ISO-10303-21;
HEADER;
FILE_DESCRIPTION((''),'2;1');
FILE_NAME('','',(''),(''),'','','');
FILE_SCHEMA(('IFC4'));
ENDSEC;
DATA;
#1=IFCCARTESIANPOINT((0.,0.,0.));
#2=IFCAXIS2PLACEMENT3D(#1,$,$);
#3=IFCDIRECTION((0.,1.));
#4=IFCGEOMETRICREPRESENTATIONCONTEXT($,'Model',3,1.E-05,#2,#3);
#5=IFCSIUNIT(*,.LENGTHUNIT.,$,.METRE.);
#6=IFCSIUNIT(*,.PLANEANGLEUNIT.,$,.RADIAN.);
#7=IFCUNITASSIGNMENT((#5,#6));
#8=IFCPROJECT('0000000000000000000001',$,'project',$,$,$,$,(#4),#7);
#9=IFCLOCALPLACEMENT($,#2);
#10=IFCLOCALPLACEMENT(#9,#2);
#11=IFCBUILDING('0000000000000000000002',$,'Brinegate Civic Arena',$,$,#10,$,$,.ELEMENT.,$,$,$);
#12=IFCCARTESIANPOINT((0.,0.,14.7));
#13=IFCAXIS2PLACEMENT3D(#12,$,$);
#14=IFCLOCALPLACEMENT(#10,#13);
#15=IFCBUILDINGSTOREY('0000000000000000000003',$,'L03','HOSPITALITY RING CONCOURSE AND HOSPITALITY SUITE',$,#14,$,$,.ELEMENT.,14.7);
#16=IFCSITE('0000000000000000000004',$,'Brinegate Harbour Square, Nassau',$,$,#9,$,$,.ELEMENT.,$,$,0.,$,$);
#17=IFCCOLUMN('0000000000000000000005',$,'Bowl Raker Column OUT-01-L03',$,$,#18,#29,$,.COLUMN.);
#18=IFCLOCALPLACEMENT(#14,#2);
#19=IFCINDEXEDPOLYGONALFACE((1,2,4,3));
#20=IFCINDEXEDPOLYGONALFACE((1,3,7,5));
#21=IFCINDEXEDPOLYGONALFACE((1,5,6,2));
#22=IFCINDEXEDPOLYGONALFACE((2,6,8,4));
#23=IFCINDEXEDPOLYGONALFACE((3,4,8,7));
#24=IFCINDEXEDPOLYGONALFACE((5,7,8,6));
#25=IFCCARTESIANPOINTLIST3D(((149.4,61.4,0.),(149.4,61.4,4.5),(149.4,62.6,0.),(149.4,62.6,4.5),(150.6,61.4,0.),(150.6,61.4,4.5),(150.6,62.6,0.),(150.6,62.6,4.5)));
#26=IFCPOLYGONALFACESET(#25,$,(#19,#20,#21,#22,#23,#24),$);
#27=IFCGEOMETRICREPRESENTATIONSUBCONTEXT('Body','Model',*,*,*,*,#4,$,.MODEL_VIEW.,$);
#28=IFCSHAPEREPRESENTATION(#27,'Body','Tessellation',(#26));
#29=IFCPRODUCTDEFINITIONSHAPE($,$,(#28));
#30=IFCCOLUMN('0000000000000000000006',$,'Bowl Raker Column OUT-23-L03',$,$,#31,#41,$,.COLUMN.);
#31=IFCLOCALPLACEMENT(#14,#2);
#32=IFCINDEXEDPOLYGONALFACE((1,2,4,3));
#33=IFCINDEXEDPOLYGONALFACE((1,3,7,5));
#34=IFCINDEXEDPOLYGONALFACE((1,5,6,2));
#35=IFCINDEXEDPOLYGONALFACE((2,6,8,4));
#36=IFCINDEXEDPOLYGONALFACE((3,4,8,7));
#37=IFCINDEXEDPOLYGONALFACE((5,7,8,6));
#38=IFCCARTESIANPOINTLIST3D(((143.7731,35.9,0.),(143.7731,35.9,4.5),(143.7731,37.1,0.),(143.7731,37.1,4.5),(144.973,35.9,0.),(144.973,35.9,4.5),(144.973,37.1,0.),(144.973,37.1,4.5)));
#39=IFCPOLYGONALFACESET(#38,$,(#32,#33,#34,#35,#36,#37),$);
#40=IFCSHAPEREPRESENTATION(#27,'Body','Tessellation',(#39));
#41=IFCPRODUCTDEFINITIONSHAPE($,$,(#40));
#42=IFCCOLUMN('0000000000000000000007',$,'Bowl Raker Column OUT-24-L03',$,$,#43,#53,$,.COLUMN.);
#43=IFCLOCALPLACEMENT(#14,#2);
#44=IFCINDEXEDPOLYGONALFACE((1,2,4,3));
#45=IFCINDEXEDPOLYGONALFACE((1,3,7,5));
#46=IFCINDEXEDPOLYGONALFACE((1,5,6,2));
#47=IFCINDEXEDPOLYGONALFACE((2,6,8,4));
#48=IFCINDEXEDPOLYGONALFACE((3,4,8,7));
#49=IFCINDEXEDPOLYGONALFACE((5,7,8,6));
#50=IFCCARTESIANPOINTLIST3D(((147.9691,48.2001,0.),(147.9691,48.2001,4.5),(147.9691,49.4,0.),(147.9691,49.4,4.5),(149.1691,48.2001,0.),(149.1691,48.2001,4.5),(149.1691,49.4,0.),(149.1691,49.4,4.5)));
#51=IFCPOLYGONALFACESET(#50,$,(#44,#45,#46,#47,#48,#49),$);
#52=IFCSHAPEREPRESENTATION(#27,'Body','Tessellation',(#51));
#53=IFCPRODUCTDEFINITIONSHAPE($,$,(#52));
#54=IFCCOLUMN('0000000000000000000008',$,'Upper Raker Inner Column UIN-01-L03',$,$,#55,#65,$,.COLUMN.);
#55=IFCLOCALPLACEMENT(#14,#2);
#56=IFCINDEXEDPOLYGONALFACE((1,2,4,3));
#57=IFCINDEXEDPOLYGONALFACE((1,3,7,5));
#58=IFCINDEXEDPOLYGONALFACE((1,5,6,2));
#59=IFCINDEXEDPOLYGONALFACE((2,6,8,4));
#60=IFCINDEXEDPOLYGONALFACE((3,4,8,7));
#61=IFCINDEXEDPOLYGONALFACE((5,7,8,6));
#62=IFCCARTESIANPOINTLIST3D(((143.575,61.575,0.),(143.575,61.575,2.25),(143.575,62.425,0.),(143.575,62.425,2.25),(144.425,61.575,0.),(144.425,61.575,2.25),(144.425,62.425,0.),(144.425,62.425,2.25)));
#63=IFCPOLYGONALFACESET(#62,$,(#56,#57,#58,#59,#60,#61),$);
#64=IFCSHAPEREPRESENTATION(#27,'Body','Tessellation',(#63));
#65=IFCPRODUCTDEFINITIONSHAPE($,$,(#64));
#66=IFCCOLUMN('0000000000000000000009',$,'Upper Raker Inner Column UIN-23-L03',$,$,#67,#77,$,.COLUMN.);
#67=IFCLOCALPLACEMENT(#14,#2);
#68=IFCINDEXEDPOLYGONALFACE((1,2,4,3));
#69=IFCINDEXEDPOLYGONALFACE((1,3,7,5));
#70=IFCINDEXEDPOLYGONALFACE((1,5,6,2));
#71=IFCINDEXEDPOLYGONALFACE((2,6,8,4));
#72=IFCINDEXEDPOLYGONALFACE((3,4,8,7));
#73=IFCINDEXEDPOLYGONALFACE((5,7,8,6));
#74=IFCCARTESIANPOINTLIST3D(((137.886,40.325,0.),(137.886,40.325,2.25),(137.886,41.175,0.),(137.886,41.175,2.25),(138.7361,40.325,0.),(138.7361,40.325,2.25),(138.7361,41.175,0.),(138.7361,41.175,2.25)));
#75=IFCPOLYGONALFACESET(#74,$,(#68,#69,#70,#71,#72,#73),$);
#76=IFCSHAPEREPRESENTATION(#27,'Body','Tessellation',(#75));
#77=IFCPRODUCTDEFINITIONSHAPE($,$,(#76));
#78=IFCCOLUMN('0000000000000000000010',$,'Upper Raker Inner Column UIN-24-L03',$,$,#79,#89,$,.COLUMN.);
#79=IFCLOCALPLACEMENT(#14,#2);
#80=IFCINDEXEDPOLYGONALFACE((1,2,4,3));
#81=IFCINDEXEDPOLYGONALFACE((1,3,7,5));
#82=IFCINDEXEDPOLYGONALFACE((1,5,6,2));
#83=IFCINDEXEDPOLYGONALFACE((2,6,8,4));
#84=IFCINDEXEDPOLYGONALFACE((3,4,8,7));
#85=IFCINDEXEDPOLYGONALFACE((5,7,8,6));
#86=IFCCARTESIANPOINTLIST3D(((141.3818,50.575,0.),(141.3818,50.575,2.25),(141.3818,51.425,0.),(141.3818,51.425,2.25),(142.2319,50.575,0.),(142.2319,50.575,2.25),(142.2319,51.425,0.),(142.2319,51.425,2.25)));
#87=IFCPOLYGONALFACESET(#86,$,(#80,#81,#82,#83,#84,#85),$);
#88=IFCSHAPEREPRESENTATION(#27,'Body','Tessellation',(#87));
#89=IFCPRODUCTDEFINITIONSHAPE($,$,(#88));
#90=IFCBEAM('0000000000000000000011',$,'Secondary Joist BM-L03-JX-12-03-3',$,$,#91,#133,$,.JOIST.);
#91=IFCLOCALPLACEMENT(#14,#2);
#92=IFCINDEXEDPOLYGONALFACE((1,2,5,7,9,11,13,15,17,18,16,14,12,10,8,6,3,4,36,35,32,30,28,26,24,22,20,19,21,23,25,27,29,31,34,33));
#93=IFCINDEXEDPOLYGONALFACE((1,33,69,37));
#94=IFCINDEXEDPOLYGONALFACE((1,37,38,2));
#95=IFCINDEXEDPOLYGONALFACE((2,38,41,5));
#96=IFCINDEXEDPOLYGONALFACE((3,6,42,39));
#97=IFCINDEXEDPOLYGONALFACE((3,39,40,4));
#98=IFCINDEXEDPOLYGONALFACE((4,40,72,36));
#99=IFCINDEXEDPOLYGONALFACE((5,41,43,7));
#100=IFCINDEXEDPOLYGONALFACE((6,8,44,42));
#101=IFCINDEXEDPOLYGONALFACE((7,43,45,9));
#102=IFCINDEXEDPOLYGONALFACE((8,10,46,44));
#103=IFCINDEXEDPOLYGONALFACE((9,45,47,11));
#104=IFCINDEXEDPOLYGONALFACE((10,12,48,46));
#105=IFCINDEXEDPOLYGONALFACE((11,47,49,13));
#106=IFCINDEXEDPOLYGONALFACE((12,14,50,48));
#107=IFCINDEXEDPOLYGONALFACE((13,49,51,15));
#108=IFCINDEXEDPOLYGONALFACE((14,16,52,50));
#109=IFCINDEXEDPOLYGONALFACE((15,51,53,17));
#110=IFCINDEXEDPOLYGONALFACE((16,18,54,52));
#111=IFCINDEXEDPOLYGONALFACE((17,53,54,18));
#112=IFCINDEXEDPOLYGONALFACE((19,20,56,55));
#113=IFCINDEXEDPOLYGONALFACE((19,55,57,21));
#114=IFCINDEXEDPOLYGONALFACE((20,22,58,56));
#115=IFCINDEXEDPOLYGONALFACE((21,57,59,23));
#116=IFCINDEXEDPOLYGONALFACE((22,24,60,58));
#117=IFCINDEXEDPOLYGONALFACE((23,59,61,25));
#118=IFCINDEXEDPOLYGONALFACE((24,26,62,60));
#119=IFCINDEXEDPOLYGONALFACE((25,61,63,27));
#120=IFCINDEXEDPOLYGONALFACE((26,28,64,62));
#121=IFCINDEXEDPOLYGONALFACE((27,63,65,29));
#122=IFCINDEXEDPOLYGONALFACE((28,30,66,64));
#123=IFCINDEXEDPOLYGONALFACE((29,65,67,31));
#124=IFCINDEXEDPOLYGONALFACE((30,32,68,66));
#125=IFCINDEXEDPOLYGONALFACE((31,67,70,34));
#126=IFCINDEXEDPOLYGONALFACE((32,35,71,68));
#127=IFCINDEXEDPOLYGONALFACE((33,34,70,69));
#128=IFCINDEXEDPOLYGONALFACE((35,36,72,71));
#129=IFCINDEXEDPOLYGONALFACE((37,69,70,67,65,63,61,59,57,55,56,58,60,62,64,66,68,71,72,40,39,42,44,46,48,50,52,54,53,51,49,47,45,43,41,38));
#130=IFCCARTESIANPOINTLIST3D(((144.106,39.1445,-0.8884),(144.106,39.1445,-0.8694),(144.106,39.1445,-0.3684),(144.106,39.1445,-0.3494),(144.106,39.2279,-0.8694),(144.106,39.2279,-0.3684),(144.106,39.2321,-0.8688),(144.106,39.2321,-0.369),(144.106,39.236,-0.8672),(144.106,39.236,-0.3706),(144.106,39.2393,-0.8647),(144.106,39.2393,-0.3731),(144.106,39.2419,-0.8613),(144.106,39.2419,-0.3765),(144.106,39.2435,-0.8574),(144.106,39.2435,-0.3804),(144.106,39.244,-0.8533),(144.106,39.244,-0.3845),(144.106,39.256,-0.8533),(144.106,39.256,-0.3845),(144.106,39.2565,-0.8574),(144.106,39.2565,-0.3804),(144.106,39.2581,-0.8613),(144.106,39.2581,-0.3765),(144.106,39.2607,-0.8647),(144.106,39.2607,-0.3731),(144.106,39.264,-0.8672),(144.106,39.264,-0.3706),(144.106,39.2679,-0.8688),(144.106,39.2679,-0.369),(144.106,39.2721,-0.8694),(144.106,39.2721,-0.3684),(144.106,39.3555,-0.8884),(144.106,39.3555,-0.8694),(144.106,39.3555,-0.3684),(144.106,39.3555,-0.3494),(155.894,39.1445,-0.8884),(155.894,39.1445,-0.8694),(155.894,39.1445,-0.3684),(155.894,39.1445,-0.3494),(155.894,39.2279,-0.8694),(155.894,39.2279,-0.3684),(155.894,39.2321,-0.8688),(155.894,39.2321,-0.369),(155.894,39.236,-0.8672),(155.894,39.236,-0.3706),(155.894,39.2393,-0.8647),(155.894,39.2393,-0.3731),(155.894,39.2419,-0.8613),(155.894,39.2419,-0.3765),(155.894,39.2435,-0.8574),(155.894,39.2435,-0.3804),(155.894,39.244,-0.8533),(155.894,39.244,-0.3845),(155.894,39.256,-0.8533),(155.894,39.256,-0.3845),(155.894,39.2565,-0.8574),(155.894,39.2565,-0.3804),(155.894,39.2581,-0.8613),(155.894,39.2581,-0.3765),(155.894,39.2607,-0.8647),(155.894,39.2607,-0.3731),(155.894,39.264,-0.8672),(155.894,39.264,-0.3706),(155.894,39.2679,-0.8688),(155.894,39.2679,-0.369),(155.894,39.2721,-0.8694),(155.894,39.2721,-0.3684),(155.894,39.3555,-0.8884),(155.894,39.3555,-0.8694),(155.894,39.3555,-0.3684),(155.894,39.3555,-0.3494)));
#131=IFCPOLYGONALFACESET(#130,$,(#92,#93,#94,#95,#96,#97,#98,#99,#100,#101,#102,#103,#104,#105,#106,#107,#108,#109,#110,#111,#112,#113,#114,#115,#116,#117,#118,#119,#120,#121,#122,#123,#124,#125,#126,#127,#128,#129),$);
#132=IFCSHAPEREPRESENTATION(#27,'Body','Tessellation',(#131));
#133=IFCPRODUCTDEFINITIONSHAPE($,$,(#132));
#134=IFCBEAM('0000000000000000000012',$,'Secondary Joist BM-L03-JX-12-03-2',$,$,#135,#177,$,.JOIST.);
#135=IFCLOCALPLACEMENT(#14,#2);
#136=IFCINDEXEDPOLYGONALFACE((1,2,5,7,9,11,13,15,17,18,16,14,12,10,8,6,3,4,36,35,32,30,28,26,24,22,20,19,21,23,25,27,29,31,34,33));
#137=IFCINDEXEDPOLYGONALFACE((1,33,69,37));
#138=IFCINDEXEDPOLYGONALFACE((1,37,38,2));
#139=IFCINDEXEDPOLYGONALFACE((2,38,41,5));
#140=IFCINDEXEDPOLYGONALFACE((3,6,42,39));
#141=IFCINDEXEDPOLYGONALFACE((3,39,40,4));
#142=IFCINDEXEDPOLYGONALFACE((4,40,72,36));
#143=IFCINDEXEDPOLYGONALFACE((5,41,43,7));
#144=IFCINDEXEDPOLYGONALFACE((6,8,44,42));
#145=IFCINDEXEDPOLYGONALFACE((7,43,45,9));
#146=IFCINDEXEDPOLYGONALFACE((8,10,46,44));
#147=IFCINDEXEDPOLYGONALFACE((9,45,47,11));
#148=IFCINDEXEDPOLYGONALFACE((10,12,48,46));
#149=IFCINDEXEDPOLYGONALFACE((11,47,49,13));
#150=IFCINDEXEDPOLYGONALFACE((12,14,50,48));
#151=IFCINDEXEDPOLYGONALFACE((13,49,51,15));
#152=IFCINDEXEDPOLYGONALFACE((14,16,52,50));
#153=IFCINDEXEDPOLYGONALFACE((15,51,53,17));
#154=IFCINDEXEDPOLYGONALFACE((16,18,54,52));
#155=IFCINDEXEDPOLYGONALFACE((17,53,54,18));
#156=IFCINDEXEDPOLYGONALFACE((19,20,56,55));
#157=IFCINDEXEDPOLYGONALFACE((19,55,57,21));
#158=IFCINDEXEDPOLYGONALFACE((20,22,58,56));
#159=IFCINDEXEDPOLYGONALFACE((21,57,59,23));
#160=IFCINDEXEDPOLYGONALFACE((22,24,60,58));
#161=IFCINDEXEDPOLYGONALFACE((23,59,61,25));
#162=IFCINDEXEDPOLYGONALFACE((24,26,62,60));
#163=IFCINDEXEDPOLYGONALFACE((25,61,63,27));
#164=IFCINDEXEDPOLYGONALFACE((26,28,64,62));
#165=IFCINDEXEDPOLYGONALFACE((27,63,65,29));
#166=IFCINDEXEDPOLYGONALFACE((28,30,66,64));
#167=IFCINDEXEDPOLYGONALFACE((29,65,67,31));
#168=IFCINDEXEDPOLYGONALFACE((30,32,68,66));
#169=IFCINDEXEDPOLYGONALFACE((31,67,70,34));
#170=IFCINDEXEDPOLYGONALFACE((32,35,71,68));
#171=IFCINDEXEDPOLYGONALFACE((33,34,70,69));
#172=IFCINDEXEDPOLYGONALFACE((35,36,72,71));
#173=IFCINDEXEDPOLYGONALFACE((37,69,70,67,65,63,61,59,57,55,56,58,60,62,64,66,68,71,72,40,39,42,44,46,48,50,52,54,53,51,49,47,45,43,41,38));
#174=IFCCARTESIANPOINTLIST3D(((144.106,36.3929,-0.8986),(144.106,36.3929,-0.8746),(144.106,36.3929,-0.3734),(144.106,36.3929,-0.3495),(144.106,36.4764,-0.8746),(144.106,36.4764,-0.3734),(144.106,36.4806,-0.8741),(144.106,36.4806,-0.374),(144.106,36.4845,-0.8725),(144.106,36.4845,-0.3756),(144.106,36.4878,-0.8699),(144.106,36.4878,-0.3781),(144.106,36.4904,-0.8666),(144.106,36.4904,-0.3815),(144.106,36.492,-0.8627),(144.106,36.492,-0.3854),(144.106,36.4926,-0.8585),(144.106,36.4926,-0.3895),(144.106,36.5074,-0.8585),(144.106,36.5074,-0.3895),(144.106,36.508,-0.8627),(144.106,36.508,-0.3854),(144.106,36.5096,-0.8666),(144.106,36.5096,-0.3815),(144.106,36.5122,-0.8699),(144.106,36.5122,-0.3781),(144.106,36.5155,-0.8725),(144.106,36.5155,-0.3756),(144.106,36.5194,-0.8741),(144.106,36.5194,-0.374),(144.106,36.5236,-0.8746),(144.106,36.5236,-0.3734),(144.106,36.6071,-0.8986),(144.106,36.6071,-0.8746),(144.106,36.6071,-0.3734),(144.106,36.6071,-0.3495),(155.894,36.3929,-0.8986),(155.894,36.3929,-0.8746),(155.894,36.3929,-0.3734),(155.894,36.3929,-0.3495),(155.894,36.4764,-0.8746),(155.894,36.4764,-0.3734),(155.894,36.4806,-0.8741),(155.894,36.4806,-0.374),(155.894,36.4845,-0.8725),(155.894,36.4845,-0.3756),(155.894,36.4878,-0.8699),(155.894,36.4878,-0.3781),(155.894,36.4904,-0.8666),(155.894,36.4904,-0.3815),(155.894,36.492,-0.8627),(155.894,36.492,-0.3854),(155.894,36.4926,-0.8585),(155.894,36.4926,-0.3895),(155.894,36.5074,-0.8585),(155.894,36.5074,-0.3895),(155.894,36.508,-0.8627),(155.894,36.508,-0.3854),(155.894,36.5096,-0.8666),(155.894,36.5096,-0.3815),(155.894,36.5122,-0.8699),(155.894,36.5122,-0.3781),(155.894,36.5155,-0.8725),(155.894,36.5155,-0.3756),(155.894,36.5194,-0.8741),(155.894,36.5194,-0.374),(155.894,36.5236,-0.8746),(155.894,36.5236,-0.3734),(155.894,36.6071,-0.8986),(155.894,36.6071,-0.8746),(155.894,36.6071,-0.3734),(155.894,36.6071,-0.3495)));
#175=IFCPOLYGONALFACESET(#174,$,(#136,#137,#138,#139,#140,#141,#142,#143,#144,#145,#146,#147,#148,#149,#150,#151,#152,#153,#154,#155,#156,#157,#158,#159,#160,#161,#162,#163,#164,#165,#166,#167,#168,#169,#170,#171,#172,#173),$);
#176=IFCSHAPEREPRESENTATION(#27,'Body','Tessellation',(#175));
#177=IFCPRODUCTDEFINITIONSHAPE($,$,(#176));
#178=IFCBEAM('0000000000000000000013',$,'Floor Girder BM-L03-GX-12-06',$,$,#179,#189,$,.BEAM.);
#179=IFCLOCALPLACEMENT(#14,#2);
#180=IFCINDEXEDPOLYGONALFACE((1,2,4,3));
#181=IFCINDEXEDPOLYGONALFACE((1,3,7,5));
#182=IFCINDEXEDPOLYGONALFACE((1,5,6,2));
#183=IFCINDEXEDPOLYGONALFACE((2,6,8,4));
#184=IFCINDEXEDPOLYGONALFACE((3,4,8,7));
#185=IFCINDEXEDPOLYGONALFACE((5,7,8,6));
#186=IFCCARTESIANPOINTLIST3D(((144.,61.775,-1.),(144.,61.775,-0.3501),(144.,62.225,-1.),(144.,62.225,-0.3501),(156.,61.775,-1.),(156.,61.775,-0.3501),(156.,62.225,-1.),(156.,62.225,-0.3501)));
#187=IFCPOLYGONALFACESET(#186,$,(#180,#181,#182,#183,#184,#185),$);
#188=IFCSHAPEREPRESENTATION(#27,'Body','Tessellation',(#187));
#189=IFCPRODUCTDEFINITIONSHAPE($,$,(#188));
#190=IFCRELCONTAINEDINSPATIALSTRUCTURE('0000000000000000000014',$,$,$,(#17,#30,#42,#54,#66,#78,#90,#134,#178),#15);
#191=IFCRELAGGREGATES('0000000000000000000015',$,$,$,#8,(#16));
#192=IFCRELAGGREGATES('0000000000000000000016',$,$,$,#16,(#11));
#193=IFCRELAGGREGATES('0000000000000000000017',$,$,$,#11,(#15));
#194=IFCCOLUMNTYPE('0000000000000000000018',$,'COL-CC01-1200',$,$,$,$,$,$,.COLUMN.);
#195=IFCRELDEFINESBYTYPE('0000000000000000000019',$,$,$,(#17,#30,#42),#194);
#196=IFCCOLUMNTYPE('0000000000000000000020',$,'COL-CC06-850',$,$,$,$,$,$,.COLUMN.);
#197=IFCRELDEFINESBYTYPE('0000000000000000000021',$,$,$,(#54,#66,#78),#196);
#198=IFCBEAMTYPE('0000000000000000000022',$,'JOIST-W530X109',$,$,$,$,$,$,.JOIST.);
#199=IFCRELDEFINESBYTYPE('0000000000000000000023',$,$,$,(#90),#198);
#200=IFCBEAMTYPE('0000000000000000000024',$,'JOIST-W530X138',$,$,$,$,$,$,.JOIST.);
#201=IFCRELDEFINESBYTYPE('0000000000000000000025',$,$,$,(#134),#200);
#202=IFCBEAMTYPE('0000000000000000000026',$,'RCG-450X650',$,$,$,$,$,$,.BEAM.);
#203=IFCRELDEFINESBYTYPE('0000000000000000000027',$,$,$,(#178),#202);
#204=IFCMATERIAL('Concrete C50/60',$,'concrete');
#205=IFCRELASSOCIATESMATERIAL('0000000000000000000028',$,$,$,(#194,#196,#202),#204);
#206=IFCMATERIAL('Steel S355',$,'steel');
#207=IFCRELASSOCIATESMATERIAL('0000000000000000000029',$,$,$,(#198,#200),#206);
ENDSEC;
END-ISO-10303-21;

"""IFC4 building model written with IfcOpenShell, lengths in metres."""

from ifc_helpers import new_model, si_unit, direction, frame, origin, origin_2d, place, context, subcontext, project, spatial, rectangle, i_section, extrude, material, material_profile, profile_set, type_object, element, save


model = new_model("IFC4")

# Units and contexts
model_context = context("Model", 3, precision=1e-05, world=origin(), true_north=direction((0.0, 1.0)))
body_context = subcontext(model_context, "Body", "Model", "MODEL_VIEW")
ifc_project = project(units=[si_unit("LENGTHUNIT", "METRE"), si_unit("PLANEANGLEUNIT", "RADIAN")], contexts=[model_context])

# Site, building, storey
site_placement = place(None, origin())
site = spatial("IfcSite", under=ifc_project, at=site_placement, Name="Brinegate Harbour Square, Nassau", CompositionType="ELEMENT", RefElevation=0.0)
building_placement = place(site_placement, origin())
building = spatial("IfcBuilding", under=site, at=building_placement, Name="Brinegate Civic Arena", CompositionType="ELEMENT")
storey_placement = place(building_placement, frame((0.0, 0.0, 14.7)))
storey = spatial("IfcBuildingStorey", under=building, at=storey_placement, Name="L03", Description="HOSPITALITY RING CONCOURSE AND HOSPITALITY SUITE", CompositionType="ELEMENT", Elevation=14.7)

# Columns
ifc_material_1 = material(Name="Concrete C50/60", Category="concrete")
ifc_material_profile_1 = material_profile(ifc_material_1, rectangle(XDim=1.2, YDim=1.2, at=origin_2d()), Name="RC1200X1200")
ifc_profile_set_1 = profile_set([ifc_material_profile_1], Name="Concrete C50/60")
column_type_1 = type_object("IfcColumnType", Name="COL-CC01-1200", PredefinedType="COLUMN", material=ifc_profile_set_1)
for number, where, z_axis, x_axis, name in (
    (1, (150.0, 62.0, 0.0), (0.0, 0.0, 1.0), (1.0, 0.0, 0.0), "Bowl Raker Column OUT-01-L03"),
    (2, (144.373, 36.5, 0.0), (0.0, 0.0, 1.0), (1.0, 0.0, 0.0), "Bowl Raker Column OUT-23-L03"),
    (3, (148.5691, 48.8, 0.0), (0.0, 0.0, 1.0), (1.0, 0.0, 0.0), "Bowl Raker Column OUT-24-L03"),
):
    element("IfcColumn", number, at=place(storey_placement, frame(where, z_axis=z_axis, x_axis=x_axis)), inside=storey, type_object=column_type_1, Name=name, PredefinedType="COLUMN", context=body_context, shape_type="SweptSolid", body=[
        extrude(rectangle(XDim=1.2, YDim=1.2, at=origin_2d()), origin(), (0.0, 0.0, 1.0), 4.5),
    ])
ifc_material_profile_2 = material_profile(ifc_material_1, rectangle(XDim=0.8501, YDim=0.8501, at=origin_2d()), Name="RC850X850")
ifc_profile_set_2 = profile_set([ifc_material_profile_2], Name="Concrete C50/60")
column_type_2 = type_object("IfcColumnType", Name="COL-CC06-850", PredefinedType="COLUMN", material=ifc_profile_set_2)
for number, where, z_axis, x_axis, name in (
    (4, (144.0, 62.0, 0.0), (0.0, 0.0, 1.0), (1.0, 0.0, 0.0), "Upper Raker Inner Column UIN-01-L03"),
    (5, (138.311, 40.75, 0.0), (0.0, 0.0, 1.0), (1.0, 0.0, 0.0), "Upper Raker Inner Column UIN-23-L03"),
    (6, (141.8069, 51.0, 0.0), (0.0, 0.0, 1.0), (1.0, 0.0, 0.0), "Upper Raker Inner Column UIN-24-L03"),
):
    element("IfcColumn", number, at=place(storey_placement, frame(where, z_axis=z_axis, x_axis=x_axis)), inside=storey, type_object=column_type_2, Name=name, PredefinedType="COLUMN", context=body_context, shape_type="SweptSolid", body=[
        extrude(rectangle(XDim=0.8501, YDim=0.8501, at=origin_2d()), origin(), (0.0, 0.0, 1.0), 2.25),
    ])

# Beams
ifc_material_2 = material(Name="Steel S355", Category="steel")
ifc_material_profile_3 = material_profile(ifc_material_2, i_section(OverallWidth=0.2109, OverallDepth=0.5391, WebThickness=0.012, FlangeThickness=0.019, FilletRadius=0.0161, at=origin_2d()), Name="W530X109")
ifc_profile_set_3 = profile_set([ifc_material_profile_3], Name="Steel S355")
beam_type_1 = type_object("IfcBeamType", Name="JOIST-W530X109", PredefinedType="JOIST", material=ifc_profile_set_3)
beam_1_placement = place(storey_placement, frame((144.106, 39.25, -0.6189), z_axis=(1.0, 0.0, 0.0), x_axis=(0.0, 1.0, 0.0)))
element("IfcBeam", 7, at=beam_1_placement, inside=storey, type_object=beam_type_1, Name="Secondary Joist BM-L03-JX-12-03-3", PredefinedType="JOIST", context=body_context, shape_type="SweptSolid", body=[
    extrude(i_section(OverallWidth=0.2109, OverallDepth=0.5391, WebThickness=0.012, FlangeThickness=0.019, FilletRadius=0.0161, at=origin_2d()), origin(), (0.0, 0.0, 1.0), 11.7881),
])
ifc_material_profile_4 = material_profile(ifc_material_2, i_section(OverallWidth=0.2141, OverallDepth=0.5491, WebThickness=0.0149, FlangeThickness=0.0239, FilletRadius=0.0161, at=origin_2d()), Name="W530X138")
ifc_profile_set_4 = profile_set([ifc_material_profile_4], Name="Steel S355")
beam_type_2 = type_object("IfcBeamType", Name="JOIST-W530X138", PredefinedType="JOIST", material=ifc_profile_set_4)
beam_2_placement = place(storey_placement, frame((144.106, 36.5, -0.624), z_axis=(1.0, 0.0, 0.0), x_axis=(0.0, 1.0, 0.0)))
element("IfcBeam", 8, at=beam_2_placement, inside=storey, type_object=beam_type_2, Name="Secondary Joist BM-L03-JX-12-03-2", PredefinedType="JOIST", context=body_context, shape_type="SweptSolid", body=[
    extrude(i_section(OverallWidth=0.2141, OverallDepth=0.5491, WebThickness=0.0149, FlangeThickness=0.0239, FilletRadius=0.0161, at=origin_2d()), origin(), (0.0, 0.0, 1.0), 11.7881),
])
ifc_material_profile_5 = material_profile(ifc_material_1, rectangle(XDim=0.45, YDim=0.6499, at=origin_2d()), Name="RCB450X650")
ifc_profile_set_5 = profile_set([ifc_material_profile_5], Name="Concrete C50/60")
beam_type_3 = type_object("IfcBeamType", Name="RCG-450X650", PredefinedType="BEAM", material=ifc_profile_set_5)
beam_3_placement = place(storey_placement, frame((144.0, 62.0, -0.675), z_axis=(1.0, 0.0, 0.0), x_axis=(0.0, 1.0, 0.0)))
element("IfcBeam", 9, at=beam_3_placement, inside=storey, type_object=beam_type_3, Name="Floor Girder BM-L03-GX-12-06", PredefinedType="BEAM", context=body_context, shape_type="SweptSolid", body=[
    extrude(rectangle(XDim=0.45, YDim=0.6499, at=origin_2d()), origin(), (0.0, 0.0, 1.0), 12.0),
])

save(model, "model.ifc")
